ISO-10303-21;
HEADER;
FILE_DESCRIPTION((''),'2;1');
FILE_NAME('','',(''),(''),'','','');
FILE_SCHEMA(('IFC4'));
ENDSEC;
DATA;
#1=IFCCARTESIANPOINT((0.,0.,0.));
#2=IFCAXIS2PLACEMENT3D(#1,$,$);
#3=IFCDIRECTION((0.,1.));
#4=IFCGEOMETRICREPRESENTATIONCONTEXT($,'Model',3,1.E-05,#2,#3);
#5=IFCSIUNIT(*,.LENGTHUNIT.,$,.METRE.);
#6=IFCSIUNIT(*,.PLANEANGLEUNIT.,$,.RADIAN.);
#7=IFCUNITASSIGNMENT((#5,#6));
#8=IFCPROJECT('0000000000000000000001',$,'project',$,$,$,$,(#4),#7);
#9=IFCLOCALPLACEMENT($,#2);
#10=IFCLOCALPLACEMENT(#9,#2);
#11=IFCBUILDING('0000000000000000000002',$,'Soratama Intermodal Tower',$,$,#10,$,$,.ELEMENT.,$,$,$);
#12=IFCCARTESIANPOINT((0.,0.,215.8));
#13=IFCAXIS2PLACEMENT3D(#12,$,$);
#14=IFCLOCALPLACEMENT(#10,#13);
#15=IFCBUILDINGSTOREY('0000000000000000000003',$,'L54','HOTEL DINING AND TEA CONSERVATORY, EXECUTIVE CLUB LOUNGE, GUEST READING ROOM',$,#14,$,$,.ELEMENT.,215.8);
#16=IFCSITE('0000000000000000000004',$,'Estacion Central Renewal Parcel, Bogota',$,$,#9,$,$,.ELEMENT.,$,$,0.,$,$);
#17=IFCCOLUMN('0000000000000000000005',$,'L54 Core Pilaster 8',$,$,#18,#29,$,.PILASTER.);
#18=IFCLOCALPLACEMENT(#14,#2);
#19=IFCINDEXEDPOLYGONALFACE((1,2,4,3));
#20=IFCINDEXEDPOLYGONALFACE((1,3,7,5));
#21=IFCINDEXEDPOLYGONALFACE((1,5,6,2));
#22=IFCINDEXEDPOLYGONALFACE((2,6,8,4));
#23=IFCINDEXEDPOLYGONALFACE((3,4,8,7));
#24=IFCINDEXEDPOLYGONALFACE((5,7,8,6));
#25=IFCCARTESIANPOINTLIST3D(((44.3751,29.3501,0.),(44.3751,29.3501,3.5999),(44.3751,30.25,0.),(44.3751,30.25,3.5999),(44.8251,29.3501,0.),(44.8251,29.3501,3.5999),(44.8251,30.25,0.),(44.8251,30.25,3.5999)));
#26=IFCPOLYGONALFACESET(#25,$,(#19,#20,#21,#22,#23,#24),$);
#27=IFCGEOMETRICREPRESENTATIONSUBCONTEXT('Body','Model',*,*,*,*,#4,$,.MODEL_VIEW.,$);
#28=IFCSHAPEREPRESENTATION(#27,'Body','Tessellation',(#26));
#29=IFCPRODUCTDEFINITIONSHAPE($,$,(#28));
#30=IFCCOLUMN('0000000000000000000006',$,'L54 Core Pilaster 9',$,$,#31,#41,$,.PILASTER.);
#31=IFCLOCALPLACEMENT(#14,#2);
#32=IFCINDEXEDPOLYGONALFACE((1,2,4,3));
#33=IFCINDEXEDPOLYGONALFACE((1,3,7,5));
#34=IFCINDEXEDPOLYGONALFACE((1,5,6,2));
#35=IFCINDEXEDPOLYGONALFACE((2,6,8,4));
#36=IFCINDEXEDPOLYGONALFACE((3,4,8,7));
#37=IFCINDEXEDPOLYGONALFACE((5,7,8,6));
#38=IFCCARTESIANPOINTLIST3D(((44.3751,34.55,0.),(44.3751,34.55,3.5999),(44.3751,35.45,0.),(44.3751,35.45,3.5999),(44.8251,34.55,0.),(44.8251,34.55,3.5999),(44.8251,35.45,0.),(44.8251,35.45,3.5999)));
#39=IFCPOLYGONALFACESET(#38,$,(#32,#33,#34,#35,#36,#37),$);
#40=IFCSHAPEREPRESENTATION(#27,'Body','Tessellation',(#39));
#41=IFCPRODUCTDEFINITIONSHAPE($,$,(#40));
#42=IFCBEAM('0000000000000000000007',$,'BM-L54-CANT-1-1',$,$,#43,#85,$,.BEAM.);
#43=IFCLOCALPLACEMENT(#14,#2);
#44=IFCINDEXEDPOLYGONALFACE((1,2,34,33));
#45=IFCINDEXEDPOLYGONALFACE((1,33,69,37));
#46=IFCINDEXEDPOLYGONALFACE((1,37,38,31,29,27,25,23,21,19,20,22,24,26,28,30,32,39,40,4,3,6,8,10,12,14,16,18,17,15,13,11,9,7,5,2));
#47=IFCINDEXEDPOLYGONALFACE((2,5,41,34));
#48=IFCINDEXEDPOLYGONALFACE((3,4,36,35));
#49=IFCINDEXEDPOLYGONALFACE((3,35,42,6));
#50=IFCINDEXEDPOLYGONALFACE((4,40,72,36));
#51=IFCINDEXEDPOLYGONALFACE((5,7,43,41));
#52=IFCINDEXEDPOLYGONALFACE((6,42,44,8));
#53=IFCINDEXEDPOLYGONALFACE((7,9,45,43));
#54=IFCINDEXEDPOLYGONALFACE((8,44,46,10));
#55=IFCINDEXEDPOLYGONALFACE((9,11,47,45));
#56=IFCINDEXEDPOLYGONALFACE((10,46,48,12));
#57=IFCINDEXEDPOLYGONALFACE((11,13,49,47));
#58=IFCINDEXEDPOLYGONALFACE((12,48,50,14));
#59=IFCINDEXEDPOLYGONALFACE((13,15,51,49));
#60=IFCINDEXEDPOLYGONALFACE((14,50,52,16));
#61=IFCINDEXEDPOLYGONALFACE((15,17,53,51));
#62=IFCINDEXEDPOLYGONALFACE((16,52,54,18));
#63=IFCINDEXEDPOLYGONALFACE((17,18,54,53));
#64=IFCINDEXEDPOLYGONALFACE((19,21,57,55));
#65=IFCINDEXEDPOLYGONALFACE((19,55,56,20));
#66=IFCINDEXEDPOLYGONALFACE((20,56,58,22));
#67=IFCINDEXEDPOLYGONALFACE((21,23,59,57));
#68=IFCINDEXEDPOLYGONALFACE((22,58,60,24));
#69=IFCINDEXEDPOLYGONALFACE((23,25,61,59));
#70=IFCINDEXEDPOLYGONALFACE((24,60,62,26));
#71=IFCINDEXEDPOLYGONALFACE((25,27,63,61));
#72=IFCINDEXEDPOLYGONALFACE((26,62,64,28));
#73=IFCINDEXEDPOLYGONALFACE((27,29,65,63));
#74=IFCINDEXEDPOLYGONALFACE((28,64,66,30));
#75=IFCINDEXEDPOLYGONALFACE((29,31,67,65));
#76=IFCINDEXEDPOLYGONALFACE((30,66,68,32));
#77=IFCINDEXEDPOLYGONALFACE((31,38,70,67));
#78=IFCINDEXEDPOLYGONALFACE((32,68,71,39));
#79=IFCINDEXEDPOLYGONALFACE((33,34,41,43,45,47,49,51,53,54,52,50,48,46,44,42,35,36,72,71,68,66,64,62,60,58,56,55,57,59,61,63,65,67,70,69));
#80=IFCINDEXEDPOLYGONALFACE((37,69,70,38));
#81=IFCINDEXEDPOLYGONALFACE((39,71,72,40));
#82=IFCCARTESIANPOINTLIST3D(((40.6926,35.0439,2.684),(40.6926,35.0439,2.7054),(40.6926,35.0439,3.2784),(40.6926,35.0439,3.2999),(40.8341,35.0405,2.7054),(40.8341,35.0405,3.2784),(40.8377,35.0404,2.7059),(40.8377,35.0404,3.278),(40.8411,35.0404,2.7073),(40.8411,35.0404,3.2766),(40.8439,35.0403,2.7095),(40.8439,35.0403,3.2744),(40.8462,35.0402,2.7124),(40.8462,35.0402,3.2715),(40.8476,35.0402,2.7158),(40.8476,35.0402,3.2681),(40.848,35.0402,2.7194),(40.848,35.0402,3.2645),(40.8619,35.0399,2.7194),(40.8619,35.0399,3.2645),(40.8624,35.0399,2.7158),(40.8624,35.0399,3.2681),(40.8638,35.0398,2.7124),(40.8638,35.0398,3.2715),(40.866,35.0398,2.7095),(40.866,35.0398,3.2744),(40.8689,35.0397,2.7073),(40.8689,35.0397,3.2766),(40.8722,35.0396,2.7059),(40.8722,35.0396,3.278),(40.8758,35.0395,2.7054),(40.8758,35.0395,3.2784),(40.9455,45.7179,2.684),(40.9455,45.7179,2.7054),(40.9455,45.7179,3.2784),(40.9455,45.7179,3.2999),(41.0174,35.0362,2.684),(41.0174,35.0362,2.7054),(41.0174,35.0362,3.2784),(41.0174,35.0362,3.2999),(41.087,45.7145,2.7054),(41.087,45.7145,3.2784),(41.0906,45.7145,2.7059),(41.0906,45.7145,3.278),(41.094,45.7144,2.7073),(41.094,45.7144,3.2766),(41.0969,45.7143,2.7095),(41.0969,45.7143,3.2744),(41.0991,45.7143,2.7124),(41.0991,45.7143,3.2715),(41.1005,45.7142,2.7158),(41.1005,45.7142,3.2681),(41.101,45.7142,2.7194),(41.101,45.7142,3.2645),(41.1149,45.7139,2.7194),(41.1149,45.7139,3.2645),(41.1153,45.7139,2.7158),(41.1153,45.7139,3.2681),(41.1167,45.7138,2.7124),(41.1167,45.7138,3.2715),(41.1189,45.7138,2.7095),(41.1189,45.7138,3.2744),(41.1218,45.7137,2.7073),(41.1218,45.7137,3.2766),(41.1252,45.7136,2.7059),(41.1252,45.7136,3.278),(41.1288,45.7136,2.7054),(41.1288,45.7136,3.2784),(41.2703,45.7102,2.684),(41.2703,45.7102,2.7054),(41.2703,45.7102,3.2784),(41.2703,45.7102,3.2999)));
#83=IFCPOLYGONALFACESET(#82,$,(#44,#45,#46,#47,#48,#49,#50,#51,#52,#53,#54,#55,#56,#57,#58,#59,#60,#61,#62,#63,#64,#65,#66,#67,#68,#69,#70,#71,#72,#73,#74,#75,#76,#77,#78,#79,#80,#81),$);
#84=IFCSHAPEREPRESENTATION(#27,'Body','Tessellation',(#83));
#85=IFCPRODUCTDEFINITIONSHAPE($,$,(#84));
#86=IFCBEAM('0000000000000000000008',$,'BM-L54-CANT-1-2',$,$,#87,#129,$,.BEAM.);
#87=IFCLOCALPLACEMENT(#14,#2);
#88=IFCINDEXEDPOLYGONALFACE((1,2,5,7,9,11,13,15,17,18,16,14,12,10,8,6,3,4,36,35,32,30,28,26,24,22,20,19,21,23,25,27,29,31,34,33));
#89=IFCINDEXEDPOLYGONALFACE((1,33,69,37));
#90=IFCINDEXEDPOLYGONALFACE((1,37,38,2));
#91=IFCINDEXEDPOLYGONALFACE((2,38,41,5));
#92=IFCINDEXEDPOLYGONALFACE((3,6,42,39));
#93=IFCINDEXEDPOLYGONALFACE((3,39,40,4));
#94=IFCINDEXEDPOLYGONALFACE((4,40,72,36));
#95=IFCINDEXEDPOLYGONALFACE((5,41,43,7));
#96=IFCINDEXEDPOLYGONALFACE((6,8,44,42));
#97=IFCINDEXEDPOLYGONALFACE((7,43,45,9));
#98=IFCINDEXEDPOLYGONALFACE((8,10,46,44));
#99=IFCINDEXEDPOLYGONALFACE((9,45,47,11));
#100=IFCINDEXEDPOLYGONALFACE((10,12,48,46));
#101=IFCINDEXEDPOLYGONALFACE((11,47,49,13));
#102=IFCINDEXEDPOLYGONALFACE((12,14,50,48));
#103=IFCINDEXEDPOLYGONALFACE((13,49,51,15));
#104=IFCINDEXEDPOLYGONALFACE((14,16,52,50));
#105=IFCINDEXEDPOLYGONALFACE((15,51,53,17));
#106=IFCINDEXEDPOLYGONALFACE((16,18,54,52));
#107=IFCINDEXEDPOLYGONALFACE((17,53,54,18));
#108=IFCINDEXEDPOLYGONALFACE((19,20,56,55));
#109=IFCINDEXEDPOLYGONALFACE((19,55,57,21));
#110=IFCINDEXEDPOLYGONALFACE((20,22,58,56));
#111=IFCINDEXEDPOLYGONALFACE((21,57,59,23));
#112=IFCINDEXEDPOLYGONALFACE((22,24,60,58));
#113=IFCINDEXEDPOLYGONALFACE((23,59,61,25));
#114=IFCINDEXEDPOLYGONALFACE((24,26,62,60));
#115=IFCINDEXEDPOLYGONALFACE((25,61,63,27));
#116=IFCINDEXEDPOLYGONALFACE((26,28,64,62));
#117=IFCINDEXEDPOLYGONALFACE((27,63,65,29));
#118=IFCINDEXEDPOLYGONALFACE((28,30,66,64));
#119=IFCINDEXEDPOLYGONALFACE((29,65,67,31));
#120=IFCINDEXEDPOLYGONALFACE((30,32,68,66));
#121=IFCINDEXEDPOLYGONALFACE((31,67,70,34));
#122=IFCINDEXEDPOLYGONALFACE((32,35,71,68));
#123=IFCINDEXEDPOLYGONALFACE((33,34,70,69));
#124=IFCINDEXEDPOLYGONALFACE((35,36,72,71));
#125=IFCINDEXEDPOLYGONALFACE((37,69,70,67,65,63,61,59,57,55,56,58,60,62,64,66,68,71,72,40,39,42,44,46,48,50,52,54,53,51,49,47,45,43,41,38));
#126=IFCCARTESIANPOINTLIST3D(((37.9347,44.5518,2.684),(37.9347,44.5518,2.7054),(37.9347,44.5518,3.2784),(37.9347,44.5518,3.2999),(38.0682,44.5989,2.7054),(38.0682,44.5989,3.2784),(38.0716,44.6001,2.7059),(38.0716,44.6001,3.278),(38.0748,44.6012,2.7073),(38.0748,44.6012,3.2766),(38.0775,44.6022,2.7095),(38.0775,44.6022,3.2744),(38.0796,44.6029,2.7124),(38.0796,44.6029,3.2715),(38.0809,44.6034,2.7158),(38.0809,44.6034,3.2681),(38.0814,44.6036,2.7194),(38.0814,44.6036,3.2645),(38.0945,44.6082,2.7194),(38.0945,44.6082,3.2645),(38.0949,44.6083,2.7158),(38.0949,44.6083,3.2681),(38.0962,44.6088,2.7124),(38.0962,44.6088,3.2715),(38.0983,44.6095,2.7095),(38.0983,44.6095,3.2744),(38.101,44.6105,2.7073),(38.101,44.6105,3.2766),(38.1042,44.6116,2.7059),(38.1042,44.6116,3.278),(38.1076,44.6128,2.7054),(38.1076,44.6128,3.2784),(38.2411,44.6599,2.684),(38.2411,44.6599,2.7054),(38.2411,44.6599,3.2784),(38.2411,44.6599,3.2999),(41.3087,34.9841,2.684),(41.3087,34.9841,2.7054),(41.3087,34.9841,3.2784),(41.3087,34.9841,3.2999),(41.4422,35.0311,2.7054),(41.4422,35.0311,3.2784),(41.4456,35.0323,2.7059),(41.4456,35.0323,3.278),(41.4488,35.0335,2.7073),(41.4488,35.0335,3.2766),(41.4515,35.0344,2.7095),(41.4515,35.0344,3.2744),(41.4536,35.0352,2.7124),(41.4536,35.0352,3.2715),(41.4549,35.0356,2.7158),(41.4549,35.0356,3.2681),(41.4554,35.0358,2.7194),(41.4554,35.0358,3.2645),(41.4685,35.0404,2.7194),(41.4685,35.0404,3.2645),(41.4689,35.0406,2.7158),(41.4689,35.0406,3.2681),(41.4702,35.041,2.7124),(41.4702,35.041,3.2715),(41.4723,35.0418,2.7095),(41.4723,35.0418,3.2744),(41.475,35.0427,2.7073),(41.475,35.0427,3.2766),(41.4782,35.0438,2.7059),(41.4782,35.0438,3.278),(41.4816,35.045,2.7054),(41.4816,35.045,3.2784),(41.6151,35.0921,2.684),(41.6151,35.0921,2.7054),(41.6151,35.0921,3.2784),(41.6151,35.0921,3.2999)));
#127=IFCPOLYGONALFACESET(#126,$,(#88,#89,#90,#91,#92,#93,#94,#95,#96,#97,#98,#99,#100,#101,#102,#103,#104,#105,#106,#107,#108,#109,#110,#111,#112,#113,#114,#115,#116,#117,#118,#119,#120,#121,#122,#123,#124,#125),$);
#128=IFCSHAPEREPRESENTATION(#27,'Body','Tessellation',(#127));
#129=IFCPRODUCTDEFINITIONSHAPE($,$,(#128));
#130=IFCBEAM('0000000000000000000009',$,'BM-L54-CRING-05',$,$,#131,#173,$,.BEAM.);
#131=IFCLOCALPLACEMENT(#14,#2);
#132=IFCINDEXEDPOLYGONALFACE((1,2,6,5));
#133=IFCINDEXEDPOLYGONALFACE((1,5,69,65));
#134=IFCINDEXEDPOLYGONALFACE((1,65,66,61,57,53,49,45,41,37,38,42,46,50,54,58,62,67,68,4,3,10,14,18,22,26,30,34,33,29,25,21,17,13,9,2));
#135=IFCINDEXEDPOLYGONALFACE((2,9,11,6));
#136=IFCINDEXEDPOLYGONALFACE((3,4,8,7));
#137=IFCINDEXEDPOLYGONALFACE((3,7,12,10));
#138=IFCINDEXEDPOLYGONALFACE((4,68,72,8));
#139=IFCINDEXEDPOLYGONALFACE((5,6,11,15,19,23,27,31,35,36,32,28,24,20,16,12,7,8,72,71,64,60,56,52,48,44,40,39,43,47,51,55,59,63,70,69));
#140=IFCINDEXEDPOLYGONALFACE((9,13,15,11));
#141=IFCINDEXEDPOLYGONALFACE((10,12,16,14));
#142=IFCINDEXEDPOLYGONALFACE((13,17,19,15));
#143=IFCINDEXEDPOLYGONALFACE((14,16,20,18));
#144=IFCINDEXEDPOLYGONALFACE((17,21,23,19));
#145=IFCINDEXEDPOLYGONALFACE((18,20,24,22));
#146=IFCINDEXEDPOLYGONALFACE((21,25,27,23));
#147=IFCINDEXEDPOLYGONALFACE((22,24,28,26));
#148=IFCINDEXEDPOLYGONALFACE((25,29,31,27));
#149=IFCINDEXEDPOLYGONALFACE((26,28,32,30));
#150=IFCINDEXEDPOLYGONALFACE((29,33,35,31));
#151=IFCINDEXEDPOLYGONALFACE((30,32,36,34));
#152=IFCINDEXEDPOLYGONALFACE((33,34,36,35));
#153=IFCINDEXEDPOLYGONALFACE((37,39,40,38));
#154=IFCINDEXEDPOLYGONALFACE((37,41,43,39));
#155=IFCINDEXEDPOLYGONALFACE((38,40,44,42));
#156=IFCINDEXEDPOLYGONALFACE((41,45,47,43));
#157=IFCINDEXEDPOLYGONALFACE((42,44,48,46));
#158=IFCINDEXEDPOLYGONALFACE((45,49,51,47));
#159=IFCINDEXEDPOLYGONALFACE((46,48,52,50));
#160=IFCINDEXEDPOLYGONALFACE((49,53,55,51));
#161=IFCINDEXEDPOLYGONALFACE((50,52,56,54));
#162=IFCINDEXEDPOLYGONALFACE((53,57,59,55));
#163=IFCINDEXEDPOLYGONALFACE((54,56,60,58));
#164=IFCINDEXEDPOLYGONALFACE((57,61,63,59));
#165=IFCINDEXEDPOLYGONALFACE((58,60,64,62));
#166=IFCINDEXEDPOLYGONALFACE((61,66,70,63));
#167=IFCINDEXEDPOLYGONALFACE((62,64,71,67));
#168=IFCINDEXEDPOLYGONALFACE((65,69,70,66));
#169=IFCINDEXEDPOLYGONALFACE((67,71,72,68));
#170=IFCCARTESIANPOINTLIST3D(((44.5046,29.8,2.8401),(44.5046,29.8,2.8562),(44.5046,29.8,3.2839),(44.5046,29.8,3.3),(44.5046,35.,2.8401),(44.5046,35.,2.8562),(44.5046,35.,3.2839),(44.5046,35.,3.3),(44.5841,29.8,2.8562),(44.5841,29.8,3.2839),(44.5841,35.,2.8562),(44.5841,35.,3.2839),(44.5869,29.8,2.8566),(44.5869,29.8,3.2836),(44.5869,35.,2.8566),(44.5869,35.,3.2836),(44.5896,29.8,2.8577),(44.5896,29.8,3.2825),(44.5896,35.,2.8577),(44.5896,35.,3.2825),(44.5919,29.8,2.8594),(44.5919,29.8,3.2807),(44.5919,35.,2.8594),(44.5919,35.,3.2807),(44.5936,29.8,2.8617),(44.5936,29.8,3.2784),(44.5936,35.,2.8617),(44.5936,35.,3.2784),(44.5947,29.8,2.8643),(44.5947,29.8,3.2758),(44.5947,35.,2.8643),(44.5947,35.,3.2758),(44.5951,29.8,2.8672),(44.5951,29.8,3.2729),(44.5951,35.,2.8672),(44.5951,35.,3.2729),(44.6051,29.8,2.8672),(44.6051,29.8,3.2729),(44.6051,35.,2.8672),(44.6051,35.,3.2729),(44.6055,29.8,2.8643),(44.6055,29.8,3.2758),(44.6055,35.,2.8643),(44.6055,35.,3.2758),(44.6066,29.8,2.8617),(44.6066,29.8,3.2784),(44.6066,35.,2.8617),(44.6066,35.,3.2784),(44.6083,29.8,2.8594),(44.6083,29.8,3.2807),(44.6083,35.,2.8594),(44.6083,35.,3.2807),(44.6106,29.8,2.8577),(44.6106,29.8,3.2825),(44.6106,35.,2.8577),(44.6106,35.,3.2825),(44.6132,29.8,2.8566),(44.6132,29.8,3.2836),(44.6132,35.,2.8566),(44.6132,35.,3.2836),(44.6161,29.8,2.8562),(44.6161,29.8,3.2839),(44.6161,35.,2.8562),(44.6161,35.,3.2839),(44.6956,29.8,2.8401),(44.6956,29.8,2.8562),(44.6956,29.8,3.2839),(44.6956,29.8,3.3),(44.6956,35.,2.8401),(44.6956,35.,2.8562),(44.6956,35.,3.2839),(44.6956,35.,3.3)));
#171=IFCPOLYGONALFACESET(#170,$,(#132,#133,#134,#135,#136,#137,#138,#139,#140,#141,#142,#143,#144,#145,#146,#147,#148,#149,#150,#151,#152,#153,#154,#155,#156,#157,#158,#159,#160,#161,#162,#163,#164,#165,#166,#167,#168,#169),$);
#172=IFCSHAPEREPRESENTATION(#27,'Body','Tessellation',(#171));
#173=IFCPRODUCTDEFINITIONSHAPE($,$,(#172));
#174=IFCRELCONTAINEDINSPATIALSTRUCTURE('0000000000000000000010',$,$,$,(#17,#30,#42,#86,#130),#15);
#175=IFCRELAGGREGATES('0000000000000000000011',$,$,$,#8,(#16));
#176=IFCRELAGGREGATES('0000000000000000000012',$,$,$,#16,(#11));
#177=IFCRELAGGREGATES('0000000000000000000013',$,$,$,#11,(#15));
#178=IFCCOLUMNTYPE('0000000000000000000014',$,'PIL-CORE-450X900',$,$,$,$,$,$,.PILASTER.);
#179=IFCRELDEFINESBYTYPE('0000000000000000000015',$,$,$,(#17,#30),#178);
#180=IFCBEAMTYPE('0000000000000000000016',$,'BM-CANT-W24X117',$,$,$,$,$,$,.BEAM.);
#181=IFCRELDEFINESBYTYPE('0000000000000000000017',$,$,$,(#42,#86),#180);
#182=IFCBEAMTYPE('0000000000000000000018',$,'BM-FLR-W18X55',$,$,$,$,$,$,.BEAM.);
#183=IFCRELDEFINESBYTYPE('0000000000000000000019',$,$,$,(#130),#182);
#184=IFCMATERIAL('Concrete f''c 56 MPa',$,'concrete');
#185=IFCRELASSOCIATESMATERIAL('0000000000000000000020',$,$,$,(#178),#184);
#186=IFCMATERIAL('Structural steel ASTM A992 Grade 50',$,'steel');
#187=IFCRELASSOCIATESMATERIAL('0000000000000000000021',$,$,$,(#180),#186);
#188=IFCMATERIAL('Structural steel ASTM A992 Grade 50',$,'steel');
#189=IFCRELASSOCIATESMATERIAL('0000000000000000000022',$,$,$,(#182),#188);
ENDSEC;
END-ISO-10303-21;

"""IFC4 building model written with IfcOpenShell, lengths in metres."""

from ifc_helpers import new_model, si_unit, direction, frame, origin, origin_2d, place, context, subcontext, project, spatial, rectangle, i_section, extrude, material, material_profile, profile_set, type_object, element, save


model = new_model("IFC4")

# Units and contexts
model_context = context("Model", 3, precision=1e-05, world=origin(), true_north=direction((0.0, 1.0)))
body_context = subcontext(model_context, "Body", "Model", "MODEL_VIEW")
ifc_project = project(units=[si_unit("LENGTHUNIT", "METRE"), si_unit("PLANEANGLEUNIT", "RADIAN")], contexts=[model_context])

# Site, building, storey
site_placement = place(None, origin())
site = spatial("IfcSite", under=ifc_project, at=site_placement, Name="Estacion Central Renewal Parcel, Bogota", CompositionType="ELEMENT", RefElevation=0.0)
building_placement = place(site_placement, origin())
building = spatial("IfcBuilding", under=site, at=building_placement, Name="Soratama Intermodal Tower", CompositionType="ELEMENT")
storey_placement = place(building_placement, frame((0.0, 0.0, 215.8)))
storey = spatial("IfcBuildingStorey", under=building, at=storey_placement, Name="L54", Description="HOTEL DINING AND TEA CONSERVATORY, EXECUTIVE CLUB LOUNGE, GUEST READING ROOM", CompositionType="ELEMENT", Elevation=215.8)

# Columns
ifc_material_1 = material(Name="Concrete f'c 56 MPa", Category="concrete")
ifc_material_profile_1 = material_profile(ifc_material_1, rectangle(XDim=0.45, YDim=0.8999, at=origin_2d()), Name="RC450X900")
ifc_profile_set_1 = profile_set([ifc_material_profile_1], Name="Concrete f'c 56 MPa")
column_type = type_object("IfcColumnType", Name="PIL-CORE-450X900", PredefinedType="PILASTER", material=ifc_profile_set_1)
for number, where, z_axis, x_axis, name in (
    (1, (44.6001, 29.8, 0.0), (0.0, 0.0, 1.0), (1.0, 0.0, 0.0), "L54 Core Pilaster 8"),
    (2, (44.6001, 35.0, 0.0), (0.0, 0.0, 1.0), (1.0, 0.0, 0.0), "L54 Core Pilaster 9"),
):
    element("IfcColumn", number, at=place(storey_placement, frame(where, z_axis=z_axis, x_axis=x_axis)), inside=storey, type_object=column_type, Name=name, PredefinedType="PILASTER", context=body_context, shape_type="SweptSolid", body=[
        extrude(rectangle(XDim=0.45, YDim=0.8999, at=origin_2d()), origin(), (0.0, 0.0, 1.0), 3.5999),
    ])

# Beams
ifc_material_2 = material(Name="Structural steel ASTM A992 Grade 50", Category="steel")
ifc_material_profile_2 = material_profile(ifc_material_2, i_section(OverallWidth=0.325, OverallDepth=0.616, WebThickness=0.0139, FlangeThickness=0.0215, FilletRadius=0.0139, at=origin_2d()), Name="W24X117")
ifc_profile_set_2 = profile_set([ifc_material_profile_2], Name="Structural steel ASTM A992 Grade 50")
beam_type_1 = type_object("IfcBeamType", Name="BM-CANT-W24X117", PredefinedType="BEAM", material=ifc_profile_set_2)
beam_1_placement = place(storey_placement, frame((40.855, 35.04, 2.9919), z_axis=(0.023689, 0.999719, 0.0), x_axis=(-0.999719, 0.023689, 0.0)))
element("IfcBeam", 3, at=beam_1_placement, inside=storey, type_object=beam_type_1, Name="BM-L54-CANT-1-1", PredefinedType="BEAM", context=body_context, shape_type="SweptSolid", body=[
    extrude(i_section(OverallWidth=0.325, OverallDepth=0.616, WebThickness=0.0139, FlangeThickness=0.0215, FilletRadius=0.0139, at=origin_2d()), origin(), (0.0, 0.0, 1.0), 10.677),
])
beam_2_placement = place(storey_placement, frame((41.4619, 35.0381, 2.9919), z_axis=(-0.332568, 0.943079, 0.0), x_axis=(-0.943079, -0.332568, 0.0)))
element("IfcBeam", 4, at=beam_2_placement, inside=storey, type_object=beam_type_1, Name="BM-L54-CANT-1-2", PredefinedType="BEAM", context=body_context, shape_type="SweptSolid", body=[
    extrude(i_section(OverallWidth=0.325, OverallDepth=0.616, WebThickness=0.0139, FlangeThickness=0.0215, FilletRadius=0.0139, at=origin_2d()), origin(), (0.0, 0.0, 1.0), 10.1453),
])
ifc_material_3 = material(Name="Structural steel ASTM A992 Grade 50", Category="steel")
ifc_material_profile_3 = material_profile(ifc_material_3, i_section(OverallWidth=0.1909, OverallDepth=0.46, WebThickness=0.01, FlangeThickness=0.0161, FilletRadius=0.011, at=origin_2d()), Name="W18X55")
ifc_profile_set_3 = profile_set([ifc_material_profile_3], Name="Structural steel ASTM A992 Grade 50")
beam_type_2 = type_object("IfcBeamType", Name="BM-FLR-W18X55", PredefinedType="BEAM", material=ifc_profile_set_3)
beam_3_placement = place(storey_placement, frame((44.6001, 29.8, 3.0701), z_axis=(0.0, 1.0, 0.0), x_axis=(-1.0, 0.0, 0.0)))
element("IfcBeam", 5, at=beam_3_placement, inside=storey, type_object=beam_type_2, Name="BM-L54-CRING-05", PredefinedType="BEAM", context=body_context, shape_type="SweptSolid", body=[
    extrude(i_section(OverallWidth=0.1909, OverallDepth=0.46, WebThickness=0.01, FlangeThickness=0.0161, FilletRadius=0.011, at=origin_2d()), origin(), (0.0, 0.0, 1.0), 5.2),
])

save(model, "model.ifc")
